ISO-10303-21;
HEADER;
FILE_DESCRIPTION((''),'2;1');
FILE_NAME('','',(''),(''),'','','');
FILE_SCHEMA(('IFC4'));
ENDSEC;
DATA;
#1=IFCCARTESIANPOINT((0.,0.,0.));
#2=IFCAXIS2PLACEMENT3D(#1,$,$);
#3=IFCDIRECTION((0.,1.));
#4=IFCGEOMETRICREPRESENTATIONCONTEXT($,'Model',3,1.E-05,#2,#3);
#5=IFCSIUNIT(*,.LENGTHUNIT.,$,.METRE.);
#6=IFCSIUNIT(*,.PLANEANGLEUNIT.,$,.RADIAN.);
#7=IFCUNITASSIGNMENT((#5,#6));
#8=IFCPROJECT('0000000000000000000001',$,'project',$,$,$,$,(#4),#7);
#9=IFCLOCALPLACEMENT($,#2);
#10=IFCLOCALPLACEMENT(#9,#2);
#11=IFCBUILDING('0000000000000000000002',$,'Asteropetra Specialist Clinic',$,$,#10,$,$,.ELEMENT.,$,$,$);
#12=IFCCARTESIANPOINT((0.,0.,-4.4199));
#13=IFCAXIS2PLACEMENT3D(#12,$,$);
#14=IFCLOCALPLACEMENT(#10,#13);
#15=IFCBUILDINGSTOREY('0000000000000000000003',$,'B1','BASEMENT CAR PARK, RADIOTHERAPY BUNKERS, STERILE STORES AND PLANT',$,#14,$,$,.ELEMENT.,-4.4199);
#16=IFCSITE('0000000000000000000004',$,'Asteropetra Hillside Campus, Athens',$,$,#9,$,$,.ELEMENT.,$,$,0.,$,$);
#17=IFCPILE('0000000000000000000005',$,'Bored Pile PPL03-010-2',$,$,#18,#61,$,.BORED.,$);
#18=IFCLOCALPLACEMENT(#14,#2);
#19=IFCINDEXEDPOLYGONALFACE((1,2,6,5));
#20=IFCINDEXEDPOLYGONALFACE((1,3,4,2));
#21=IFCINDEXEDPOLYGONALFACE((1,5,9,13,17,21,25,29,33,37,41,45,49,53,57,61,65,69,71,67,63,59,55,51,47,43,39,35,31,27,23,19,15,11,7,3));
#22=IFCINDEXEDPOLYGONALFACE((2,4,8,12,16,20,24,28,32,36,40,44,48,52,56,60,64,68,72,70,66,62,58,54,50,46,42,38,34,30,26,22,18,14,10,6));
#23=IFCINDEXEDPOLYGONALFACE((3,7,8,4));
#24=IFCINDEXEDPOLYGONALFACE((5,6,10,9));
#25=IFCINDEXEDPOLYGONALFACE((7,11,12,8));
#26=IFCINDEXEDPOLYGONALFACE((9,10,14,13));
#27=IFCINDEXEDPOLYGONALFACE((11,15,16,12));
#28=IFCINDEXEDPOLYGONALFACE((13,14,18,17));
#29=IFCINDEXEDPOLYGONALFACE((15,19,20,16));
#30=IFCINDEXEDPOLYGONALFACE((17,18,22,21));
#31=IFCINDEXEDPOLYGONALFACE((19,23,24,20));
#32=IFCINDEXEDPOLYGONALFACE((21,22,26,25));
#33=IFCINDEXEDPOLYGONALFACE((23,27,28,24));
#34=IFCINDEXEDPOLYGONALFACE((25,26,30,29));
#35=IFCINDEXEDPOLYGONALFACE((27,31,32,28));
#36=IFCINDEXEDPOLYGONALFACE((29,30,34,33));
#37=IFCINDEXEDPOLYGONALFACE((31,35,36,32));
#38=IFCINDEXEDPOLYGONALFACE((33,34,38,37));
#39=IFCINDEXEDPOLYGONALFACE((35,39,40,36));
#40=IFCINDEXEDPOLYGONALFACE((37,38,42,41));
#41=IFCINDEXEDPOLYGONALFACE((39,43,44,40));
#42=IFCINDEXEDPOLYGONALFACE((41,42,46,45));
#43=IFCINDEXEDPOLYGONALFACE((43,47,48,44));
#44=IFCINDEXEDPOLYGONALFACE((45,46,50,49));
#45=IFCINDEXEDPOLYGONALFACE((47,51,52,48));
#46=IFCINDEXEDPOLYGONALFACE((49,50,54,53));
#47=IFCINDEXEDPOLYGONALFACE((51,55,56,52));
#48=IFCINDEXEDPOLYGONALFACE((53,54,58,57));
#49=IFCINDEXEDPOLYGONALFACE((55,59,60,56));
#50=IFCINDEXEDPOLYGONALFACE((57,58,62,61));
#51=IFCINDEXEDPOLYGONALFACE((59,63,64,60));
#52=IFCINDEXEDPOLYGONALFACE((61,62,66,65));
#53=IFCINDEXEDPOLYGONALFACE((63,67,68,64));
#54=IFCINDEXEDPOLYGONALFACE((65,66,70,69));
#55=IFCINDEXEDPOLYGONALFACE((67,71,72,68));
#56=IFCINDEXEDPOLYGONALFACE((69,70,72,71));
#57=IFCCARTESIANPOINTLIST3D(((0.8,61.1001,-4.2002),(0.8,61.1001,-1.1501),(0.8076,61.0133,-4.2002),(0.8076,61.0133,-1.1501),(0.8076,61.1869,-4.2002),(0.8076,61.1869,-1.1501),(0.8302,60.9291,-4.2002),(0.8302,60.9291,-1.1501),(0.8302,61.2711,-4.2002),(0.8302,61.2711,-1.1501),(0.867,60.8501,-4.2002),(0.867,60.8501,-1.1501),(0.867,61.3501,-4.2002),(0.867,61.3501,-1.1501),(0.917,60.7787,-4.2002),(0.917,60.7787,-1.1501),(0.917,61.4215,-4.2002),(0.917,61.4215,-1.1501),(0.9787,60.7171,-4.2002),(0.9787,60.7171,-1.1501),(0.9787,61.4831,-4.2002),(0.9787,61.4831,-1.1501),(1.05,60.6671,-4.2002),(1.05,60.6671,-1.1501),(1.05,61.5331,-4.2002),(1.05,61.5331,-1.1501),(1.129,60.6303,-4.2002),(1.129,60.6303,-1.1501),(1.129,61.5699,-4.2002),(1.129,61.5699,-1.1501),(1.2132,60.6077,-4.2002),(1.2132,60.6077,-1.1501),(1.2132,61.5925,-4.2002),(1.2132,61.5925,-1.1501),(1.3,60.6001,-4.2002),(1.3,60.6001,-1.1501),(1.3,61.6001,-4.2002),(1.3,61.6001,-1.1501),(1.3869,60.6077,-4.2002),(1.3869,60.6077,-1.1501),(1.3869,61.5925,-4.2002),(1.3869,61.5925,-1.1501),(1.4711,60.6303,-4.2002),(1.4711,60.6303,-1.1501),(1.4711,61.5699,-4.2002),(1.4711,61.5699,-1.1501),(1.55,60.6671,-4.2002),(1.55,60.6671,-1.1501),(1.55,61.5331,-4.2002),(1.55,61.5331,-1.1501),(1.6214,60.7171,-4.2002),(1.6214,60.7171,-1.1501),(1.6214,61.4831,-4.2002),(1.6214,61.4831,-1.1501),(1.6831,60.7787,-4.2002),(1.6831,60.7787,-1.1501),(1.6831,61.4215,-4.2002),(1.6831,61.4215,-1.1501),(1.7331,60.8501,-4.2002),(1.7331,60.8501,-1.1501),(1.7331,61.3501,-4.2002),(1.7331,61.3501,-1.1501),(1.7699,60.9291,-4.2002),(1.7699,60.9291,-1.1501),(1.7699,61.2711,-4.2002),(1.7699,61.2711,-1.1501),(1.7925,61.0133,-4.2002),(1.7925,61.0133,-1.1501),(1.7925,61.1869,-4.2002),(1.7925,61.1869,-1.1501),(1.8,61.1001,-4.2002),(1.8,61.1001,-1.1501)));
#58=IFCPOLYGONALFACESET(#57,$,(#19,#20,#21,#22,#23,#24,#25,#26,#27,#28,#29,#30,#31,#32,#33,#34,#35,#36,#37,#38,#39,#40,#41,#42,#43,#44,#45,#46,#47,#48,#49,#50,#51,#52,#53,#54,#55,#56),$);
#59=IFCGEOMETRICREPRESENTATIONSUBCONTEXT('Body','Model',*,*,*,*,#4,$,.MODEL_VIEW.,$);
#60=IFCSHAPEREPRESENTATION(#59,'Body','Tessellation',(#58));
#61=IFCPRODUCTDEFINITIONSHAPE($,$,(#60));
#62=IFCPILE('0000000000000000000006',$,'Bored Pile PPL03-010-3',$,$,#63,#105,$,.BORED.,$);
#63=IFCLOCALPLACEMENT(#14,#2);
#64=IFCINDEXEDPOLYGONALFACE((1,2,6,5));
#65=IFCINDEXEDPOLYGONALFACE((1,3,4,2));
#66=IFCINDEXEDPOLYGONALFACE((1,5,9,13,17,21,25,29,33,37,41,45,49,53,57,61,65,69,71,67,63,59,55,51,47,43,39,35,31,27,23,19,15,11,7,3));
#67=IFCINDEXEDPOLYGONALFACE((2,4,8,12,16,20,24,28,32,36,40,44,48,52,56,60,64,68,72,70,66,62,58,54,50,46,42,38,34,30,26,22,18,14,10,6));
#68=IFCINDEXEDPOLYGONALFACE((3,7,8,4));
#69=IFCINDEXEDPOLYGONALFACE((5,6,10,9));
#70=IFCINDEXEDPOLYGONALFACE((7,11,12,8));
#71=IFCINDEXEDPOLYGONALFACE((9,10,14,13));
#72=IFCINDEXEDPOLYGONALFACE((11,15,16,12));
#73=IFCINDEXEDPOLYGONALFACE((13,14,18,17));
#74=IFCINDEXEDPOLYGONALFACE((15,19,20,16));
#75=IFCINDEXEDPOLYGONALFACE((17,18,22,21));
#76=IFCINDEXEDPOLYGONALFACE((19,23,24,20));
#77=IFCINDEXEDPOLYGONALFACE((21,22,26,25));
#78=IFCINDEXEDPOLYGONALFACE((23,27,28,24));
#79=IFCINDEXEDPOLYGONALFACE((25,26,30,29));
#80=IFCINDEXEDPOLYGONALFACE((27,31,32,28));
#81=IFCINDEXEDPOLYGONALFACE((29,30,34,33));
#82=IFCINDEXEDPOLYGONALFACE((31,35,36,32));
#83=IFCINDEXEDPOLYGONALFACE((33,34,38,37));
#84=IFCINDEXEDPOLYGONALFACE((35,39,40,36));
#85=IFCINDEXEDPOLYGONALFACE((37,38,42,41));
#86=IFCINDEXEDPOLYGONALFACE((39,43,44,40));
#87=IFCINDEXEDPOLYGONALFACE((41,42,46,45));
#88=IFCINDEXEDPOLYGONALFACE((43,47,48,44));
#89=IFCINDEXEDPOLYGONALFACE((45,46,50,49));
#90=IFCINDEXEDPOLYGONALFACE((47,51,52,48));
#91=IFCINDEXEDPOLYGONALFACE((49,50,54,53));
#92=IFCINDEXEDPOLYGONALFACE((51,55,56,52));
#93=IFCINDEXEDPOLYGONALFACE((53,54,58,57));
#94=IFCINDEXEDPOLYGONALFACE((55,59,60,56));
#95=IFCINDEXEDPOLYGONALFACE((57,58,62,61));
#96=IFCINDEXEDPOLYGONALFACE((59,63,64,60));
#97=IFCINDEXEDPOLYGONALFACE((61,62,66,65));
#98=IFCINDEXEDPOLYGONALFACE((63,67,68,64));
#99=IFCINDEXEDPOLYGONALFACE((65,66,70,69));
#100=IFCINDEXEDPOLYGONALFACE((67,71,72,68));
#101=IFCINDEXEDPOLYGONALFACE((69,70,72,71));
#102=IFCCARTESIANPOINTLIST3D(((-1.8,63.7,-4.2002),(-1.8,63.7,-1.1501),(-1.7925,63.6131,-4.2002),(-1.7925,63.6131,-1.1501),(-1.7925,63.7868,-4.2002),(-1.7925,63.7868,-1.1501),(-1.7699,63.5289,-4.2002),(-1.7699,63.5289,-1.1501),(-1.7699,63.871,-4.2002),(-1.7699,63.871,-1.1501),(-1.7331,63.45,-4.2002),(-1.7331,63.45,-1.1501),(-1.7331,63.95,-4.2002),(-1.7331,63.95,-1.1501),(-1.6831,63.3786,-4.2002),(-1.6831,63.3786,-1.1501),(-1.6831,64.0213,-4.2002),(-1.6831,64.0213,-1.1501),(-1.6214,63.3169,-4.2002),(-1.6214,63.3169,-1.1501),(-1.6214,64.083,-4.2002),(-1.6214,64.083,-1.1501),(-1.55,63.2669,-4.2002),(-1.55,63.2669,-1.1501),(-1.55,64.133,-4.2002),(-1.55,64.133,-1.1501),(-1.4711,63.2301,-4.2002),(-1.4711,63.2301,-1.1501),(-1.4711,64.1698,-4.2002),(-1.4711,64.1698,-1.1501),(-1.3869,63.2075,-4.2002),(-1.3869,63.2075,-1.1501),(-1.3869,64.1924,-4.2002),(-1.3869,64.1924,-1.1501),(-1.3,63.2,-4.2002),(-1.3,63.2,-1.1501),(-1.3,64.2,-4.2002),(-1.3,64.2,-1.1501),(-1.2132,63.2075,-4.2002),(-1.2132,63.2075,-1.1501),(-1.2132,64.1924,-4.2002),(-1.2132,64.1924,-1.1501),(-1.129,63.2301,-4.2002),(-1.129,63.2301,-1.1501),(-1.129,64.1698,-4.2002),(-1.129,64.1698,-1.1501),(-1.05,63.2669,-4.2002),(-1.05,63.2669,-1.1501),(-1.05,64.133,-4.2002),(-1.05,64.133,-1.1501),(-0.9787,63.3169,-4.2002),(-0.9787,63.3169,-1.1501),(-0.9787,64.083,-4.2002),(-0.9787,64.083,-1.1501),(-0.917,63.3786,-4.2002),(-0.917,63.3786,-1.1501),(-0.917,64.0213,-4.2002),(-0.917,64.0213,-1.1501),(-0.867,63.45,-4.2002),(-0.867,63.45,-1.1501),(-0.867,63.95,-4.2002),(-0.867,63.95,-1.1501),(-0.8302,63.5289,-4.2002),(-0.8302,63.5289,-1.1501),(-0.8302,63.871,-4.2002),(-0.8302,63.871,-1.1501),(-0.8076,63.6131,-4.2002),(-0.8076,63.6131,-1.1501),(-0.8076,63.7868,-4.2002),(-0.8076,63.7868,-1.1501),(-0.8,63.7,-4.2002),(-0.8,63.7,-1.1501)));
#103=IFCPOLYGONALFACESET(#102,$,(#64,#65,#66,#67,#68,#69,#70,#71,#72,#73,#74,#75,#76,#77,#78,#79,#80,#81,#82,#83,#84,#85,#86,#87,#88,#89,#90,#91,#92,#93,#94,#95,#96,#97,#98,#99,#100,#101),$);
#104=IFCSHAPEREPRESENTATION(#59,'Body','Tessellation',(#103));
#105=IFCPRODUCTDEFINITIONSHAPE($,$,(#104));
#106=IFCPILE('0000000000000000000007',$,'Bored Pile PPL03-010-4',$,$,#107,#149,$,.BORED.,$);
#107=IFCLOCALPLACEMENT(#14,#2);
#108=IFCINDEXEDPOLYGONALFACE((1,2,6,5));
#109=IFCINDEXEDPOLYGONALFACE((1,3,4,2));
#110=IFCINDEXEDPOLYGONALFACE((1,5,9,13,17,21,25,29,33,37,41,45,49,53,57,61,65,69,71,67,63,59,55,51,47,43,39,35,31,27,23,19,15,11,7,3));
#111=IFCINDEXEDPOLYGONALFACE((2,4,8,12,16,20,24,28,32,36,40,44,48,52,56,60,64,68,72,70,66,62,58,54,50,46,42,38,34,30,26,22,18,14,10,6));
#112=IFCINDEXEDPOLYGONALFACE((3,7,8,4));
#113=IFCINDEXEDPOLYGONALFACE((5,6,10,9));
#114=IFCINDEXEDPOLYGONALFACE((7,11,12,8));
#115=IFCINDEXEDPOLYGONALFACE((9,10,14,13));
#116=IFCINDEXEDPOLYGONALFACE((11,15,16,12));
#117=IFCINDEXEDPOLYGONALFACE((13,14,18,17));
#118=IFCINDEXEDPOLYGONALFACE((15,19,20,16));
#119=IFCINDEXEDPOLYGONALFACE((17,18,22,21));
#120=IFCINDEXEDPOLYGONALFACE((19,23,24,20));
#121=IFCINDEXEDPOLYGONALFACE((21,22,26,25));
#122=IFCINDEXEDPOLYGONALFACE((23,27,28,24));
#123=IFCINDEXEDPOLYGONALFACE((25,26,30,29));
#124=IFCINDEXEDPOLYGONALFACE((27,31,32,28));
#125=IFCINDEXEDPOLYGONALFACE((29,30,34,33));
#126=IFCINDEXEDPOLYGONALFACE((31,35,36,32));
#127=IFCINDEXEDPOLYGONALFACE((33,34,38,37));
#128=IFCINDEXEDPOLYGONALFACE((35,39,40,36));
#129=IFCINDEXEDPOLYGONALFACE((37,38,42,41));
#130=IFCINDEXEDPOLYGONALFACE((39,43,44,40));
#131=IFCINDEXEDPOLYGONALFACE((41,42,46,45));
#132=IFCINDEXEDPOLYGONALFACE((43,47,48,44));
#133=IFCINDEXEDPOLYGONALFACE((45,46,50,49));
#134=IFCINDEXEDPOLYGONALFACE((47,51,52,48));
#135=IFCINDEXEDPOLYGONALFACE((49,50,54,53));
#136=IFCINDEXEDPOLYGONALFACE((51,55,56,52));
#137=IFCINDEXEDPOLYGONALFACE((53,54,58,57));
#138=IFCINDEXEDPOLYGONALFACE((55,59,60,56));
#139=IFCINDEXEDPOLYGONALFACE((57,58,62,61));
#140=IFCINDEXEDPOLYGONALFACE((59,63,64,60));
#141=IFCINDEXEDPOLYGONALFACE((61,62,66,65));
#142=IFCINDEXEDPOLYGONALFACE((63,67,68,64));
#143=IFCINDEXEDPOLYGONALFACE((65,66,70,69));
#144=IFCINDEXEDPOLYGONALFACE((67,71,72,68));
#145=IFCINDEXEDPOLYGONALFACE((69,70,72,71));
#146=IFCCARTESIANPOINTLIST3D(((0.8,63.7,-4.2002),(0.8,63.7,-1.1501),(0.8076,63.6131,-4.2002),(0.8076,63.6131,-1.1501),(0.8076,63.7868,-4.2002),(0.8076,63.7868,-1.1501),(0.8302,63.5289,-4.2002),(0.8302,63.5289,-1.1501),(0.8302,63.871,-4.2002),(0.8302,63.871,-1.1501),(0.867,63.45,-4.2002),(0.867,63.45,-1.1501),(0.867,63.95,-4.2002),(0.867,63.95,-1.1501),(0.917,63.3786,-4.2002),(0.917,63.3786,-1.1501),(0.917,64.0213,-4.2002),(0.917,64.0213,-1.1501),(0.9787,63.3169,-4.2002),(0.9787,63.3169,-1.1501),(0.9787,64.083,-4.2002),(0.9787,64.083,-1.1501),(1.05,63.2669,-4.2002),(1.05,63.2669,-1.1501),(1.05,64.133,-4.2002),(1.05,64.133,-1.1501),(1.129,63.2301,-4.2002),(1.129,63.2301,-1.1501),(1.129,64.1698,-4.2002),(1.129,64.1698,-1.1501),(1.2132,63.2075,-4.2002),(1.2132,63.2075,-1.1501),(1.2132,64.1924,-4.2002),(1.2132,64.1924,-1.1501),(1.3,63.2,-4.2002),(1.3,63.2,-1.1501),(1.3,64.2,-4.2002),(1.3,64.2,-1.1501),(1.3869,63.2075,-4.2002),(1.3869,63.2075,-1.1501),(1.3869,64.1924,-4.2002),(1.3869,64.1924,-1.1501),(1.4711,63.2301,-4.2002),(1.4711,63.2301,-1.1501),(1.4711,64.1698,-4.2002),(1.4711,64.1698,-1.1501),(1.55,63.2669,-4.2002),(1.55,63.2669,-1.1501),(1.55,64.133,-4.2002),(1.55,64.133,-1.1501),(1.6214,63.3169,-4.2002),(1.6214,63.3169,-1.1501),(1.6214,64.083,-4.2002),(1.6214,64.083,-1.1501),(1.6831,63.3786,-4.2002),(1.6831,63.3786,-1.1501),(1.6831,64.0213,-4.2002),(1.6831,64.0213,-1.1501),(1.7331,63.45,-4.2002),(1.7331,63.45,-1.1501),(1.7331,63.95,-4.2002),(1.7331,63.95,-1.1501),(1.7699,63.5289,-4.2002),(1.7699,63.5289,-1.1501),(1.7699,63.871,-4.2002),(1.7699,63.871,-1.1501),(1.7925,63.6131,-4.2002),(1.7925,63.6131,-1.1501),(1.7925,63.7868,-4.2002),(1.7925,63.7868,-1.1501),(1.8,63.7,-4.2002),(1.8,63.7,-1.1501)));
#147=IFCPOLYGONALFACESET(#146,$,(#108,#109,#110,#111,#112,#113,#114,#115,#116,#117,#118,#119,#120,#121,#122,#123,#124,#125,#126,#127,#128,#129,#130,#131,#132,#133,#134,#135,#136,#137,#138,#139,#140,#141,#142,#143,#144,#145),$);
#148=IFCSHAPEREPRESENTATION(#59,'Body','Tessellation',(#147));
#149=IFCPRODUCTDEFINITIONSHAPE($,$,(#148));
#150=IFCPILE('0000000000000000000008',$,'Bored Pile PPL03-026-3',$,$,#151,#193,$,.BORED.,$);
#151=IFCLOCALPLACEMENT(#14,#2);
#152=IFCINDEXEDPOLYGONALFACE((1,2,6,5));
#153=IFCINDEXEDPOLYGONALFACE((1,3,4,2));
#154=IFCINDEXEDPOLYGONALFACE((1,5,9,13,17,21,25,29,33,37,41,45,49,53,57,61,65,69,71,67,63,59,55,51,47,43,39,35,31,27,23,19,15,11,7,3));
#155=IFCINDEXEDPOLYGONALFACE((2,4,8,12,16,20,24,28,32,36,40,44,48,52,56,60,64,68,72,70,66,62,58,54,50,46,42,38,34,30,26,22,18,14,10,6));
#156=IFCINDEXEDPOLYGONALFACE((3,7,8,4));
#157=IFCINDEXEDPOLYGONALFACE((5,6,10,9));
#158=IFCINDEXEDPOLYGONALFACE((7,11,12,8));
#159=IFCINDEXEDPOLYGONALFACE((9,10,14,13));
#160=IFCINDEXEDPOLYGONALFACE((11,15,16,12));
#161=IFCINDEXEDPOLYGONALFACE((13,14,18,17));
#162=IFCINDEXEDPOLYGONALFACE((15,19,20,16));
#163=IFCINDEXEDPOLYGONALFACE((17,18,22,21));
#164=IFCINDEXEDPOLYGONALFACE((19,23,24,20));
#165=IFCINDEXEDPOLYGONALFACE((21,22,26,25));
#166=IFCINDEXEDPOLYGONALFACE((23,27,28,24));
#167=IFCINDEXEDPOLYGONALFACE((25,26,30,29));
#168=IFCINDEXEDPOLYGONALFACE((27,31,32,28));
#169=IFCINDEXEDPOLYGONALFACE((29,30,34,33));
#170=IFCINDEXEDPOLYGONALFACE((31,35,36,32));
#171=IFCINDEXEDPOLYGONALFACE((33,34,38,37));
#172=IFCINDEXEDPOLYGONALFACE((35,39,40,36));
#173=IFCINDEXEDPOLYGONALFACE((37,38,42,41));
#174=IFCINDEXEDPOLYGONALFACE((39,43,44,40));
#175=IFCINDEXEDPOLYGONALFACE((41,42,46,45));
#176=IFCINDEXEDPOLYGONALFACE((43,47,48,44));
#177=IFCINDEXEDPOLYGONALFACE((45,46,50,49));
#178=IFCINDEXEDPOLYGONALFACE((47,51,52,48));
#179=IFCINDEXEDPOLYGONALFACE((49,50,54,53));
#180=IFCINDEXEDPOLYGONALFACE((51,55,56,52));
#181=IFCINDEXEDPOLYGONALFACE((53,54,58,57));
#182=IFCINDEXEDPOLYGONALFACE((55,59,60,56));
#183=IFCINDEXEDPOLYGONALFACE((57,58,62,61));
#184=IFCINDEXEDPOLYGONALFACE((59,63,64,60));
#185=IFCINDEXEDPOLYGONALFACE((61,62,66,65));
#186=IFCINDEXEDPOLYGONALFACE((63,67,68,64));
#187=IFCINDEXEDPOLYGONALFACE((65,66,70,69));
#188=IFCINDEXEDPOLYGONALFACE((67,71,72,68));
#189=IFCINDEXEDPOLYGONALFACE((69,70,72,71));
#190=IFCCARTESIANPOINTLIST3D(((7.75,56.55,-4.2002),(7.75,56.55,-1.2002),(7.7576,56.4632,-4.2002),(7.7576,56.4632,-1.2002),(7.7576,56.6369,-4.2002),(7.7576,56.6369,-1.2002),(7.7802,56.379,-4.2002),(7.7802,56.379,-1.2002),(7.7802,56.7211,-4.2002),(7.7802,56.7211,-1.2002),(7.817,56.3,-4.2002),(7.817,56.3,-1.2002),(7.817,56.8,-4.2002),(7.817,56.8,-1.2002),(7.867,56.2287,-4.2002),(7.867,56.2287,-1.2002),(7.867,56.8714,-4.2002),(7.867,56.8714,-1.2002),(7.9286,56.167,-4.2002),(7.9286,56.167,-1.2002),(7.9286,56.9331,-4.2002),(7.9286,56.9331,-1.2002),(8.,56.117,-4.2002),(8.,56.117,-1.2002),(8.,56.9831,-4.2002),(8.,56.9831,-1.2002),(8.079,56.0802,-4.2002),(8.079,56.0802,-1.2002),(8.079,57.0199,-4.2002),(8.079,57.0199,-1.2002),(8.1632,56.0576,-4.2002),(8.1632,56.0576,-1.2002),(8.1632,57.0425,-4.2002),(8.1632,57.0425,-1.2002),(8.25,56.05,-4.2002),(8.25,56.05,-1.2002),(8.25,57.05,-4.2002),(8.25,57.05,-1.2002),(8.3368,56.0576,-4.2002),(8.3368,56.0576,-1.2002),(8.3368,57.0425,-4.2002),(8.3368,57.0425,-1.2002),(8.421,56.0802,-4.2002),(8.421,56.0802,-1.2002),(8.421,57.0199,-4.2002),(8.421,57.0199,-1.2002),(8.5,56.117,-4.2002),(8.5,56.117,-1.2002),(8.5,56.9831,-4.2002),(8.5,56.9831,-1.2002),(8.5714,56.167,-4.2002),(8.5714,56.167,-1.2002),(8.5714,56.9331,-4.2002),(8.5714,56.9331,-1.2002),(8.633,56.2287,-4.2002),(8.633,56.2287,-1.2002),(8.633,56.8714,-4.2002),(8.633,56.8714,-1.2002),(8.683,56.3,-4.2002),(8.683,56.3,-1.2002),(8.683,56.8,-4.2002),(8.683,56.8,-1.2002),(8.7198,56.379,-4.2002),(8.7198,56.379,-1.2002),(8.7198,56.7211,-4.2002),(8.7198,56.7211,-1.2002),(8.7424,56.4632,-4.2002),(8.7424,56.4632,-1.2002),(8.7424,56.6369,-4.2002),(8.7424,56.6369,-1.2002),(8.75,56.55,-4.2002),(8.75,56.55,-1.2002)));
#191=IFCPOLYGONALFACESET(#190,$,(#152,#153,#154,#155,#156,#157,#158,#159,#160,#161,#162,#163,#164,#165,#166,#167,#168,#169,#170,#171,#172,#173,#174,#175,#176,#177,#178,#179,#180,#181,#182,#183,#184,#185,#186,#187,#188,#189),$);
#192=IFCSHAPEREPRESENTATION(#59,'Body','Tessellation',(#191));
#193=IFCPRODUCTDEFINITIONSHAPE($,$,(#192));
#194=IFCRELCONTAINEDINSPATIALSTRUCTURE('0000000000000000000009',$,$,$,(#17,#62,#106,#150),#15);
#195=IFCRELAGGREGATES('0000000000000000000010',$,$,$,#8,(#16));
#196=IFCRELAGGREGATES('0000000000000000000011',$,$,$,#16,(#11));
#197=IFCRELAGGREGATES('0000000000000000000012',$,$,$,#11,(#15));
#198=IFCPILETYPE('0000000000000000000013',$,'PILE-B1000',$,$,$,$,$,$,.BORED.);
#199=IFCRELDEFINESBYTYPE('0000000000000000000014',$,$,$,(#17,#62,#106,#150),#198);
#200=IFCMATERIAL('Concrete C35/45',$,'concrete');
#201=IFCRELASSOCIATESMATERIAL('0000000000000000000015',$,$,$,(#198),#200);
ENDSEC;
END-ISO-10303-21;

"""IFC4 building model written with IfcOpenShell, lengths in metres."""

from ifc_helpers import new_model, si_unit, direction, frame, origin, origin_2d, place, context, subcontext, project, spatial, circle, extrude, material, material_profile, profile_set, type_object, element, save


model = new_model("IFC4")

# Units and contexts
model_context = context("Model", 3, precision=1e-05, world=origin(), true_north=direction((0.0, 1.0)))
body_context = subcontext(model_context, "Body", "Model", "MODEL_VIEW")
ifc_project = project(units=[si_unit("LENGTHUNIT", "METRE"), si_unit("PLANEANGLEUNIT", "RADIAN")], contexts=[model_context])

# Site, building, storey
site_placement = place(None, origin())
site = spatial("IfcSite", under=ifc_project, at=site_placement, Name="Asteropetra Hillside Campus, Athens", CompositionType="ELEMENT", RefElevation=0.0)
building_placement = place(site_placement, origin())
building = spatial("IfcBuilding", under=site, at=building_placement, Name="Asteropetra Specialist Clinic", CompositionType="ELEMENT")
storey_placement = place(building_placement, frame((0.0, 0.0, -4.4199)))
storey = spatial("IfcBuildingStorey", under=building, at=storey_placement, Name="B1", Description="BASEMENT CAR PARK, RADIOTHERAPY BUNKERS, STERILE STORES AND PLANT", CompositionType="ELEMENT", Elevation=-4.4199)

# Piles
ifc_material_1 = material(Name="Concrete C35/45", Category="concrete")
ifc_material_profile_1 = material_profile(ifc_material_1, circle(Radius=0.5, at=origin_2d()), Name="PILE D1000")
ifc_profile_set_1 = profile_set([ifc_material_profile_1], Name="Concrete C35/45")
pile_type_1 = type_object("IfcPileType", Name="PILE-B1000", PredefinedType="BORED", material=ifc_profile_set_1)
for number, where, z_axis, x_axis, name in (
    (1, (1.3, 61.1001, -1.1501), (0.0, 0.0, -1.0), (1.0, 0.0, 0.0), "Bored Pile PPL03-010-2"),
    (2, (-1.3, 63.7, -1.1501), (0.0, 0.0, -1.0), (1.0, 0.0, 0.0), "Bored Pile PPL03-010-3"),
    (3, (1.3, 63.7, -1.1501), (0.0, 0.0, -1.0), (1.0, 0.0, 0.0), "Bored Pile PPL03-010-4"),
):
    element("IfcPile", number, at=place(storey_placement, frame(where, z_axis=z_axis, x_axis=x_axis)), inside=storey, type_object=pile_type_1, Name=name, PredefinedType="BORED", context=body_context, shape_type="SweptSolid", body=[
        extrude(circle(Radius=0.5, at=origin_2d()), origin(), (0.0, 0.0, 1.0), 3.05),
    ])
for number, where, z_axis, x_axis, name in (
    (4, (8.25, 56.55, -1.2002), (0.0, 0.0, -1.0), (1.0, 0.0, 0.0), "Bored Pile PPL03-026-3"),
):
    element("IfcPile", number, at=place(storey_placement, frame(where, z_axis=z_axis, x_axis=x_axis)), inside=storey, type_object=pile_type_1, Name=name, PredefinedType="BORED", context=body_context, shape_type="SweptSolid", body=[
        extrude(circle(Radius=0.5, at=origin_2d()), origin(), (0.0, 0.0, 1.0), 3.0),
    ])

save(model, "model.ifc")
